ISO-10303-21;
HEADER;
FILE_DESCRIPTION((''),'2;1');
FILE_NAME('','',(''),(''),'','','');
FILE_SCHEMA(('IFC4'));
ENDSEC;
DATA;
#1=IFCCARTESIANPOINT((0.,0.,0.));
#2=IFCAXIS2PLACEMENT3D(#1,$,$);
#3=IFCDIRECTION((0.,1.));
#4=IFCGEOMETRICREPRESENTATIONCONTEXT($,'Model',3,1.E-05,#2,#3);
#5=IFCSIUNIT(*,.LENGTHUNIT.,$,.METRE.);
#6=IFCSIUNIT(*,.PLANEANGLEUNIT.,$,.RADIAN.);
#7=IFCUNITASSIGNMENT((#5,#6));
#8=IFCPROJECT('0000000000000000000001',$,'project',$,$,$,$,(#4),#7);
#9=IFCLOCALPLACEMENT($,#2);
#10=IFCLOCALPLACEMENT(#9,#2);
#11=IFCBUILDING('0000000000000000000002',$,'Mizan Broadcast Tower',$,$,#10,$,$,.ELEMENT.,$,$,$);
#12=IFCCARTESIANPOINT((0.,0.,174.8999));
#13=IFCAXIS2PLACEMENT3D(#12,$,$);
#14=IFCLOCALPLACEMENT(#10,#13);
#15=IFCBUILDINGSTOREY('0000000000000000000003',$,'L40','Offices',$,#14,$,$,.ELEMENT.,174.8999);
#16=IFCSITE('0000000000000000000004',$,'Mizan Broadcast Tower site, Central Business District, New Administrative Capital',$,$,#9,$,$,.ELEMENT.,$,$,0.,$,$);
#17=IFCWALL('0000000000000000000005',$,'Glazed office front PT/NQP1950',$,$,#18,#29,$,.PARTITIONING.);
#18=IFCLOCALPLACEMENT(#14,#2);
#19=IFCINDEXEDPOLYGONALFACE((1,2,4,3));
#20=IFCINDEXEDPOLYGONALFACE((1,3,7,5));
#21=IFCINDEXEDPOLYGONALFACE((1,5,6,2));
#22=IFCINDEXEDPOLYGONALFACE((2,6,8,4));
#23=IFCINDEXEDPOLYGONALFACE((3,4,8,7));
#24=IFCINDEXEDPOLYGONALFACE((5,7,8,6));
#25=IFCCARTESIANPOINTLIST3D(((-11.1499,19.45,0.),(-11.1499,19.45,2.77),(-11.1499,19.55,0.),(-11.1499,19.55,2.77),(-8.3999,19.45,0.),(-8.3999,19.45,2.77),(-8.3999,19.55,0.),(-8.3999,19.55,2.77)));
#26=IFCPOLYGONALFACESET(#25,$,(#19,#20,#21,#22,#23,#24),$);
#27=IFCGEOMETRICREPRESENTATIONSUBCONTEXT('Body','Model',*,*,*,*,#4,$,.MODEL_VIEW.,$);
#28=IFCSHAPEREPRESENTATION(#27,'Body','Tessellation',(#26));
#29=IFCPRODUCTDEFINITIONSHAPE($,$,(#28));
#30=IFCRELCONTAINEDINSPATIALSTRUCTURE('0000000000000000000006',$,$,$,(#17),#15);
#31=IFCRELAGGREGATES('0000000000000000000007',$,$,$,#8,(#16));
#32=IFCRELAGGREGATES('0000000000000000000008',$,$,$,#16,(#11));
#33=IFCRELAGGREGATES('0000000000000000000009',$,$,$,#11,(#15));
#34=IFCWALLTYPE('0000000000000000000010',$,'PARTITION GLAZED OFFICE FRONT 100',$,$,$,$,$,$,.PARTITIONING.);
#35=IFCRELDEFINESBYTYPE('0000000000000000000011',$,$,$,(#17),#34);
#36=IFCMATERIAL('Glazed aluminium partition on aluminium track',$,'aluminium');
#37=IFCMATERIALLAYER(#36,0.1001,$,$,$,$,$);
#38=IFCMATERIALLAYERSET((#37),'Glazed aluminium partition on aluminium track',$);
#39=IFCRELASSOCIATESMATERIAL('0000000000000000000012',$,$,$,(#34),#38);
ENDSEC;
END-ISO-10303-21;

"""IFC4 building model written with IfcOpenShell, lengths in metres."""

from ifc_helpers import new_model, si_unit, direction, frame, frame_2d, origin, place, context, subcontext, project, spatial, rectangle, extrude, material, layer, layer_set, type_object, element, save


model = new_model("IFC4")

# Units and contexts
model_context = context("Model", 3, precision=1e-05, world=origin(), true_north=direction((0.0, 1.0)))
body_context = subcontext(model_context, "Body", "Model", "MODEL_VIEW")
ifc_project = project(units=[si_unit("LENGTHUNIT", "METRE"), si_unit("PLANEANGLEUNIT", "RADIAN")], contexts=[model_context])

# Site, building, storey
site_placement = place(None, origin())
site = spatial("IfcSite", under=ifc_project, at=site_placement, Name="Mizan Broadcast Tower site, Central Business District, New Administrative Capital", CompositionType="ELEMENT", RefElevation=0.0)
building_placement = place(site_placement, origin())
building = spatial("IfcBuilding", under=site, at=building_placement, Name="Mizan Broadcast Tower", CompositionType="ELEMENT")
storey_placement = place(building_placement, frame((0.0, 0.0, 174.8999)))
storey = spatial("IfcBuildingStorey", under=building, at=storey_placement, Name="L40", Description="Offices", CompositionType="ELEMENT", Elevation=174.8999)

# Shared definitions
ifc_material_1 = material(Name="Glazed aluminium partition on aluminium track", Category="aluminium")
ifc_layer_1 = layer(ifc_material_1, 0.1001)
ifc_layer_set_1 = layer_set([ifc_layer_1], Name="Glazed aluminium partition on aluminium track")
wall_type_1 = type_object("IfcWallType", Name="PARTITION GLAZED OFFICE FRONT 100", PredefinedType="PARTITIONING", material=ifc_layer_set_1)

# Wall
wall_1_placement = place(storey_placement, frame((-8.3999, 19.5, 0.0), z_axis=(0.0, 0.0, 1.0), x_axis=(-1.0, 0.0, 0.0)))
element("IfcWall", 1, at=wall_1_placement, inside=storey, type_object=wall_type_1, Name="Glazed office front PT/NQP1950", PredefinedType="PARTITIONING", context=body_context, shape_type="SweptSolid", body=[
    extrude(rectangle(XDim=2.75, YDim=0.1001, at=frame_2d((1.375, 0.0))), origin(), (0.0, 0.0, 1.0), 2.77),
])

save(model, "model.ifc")
